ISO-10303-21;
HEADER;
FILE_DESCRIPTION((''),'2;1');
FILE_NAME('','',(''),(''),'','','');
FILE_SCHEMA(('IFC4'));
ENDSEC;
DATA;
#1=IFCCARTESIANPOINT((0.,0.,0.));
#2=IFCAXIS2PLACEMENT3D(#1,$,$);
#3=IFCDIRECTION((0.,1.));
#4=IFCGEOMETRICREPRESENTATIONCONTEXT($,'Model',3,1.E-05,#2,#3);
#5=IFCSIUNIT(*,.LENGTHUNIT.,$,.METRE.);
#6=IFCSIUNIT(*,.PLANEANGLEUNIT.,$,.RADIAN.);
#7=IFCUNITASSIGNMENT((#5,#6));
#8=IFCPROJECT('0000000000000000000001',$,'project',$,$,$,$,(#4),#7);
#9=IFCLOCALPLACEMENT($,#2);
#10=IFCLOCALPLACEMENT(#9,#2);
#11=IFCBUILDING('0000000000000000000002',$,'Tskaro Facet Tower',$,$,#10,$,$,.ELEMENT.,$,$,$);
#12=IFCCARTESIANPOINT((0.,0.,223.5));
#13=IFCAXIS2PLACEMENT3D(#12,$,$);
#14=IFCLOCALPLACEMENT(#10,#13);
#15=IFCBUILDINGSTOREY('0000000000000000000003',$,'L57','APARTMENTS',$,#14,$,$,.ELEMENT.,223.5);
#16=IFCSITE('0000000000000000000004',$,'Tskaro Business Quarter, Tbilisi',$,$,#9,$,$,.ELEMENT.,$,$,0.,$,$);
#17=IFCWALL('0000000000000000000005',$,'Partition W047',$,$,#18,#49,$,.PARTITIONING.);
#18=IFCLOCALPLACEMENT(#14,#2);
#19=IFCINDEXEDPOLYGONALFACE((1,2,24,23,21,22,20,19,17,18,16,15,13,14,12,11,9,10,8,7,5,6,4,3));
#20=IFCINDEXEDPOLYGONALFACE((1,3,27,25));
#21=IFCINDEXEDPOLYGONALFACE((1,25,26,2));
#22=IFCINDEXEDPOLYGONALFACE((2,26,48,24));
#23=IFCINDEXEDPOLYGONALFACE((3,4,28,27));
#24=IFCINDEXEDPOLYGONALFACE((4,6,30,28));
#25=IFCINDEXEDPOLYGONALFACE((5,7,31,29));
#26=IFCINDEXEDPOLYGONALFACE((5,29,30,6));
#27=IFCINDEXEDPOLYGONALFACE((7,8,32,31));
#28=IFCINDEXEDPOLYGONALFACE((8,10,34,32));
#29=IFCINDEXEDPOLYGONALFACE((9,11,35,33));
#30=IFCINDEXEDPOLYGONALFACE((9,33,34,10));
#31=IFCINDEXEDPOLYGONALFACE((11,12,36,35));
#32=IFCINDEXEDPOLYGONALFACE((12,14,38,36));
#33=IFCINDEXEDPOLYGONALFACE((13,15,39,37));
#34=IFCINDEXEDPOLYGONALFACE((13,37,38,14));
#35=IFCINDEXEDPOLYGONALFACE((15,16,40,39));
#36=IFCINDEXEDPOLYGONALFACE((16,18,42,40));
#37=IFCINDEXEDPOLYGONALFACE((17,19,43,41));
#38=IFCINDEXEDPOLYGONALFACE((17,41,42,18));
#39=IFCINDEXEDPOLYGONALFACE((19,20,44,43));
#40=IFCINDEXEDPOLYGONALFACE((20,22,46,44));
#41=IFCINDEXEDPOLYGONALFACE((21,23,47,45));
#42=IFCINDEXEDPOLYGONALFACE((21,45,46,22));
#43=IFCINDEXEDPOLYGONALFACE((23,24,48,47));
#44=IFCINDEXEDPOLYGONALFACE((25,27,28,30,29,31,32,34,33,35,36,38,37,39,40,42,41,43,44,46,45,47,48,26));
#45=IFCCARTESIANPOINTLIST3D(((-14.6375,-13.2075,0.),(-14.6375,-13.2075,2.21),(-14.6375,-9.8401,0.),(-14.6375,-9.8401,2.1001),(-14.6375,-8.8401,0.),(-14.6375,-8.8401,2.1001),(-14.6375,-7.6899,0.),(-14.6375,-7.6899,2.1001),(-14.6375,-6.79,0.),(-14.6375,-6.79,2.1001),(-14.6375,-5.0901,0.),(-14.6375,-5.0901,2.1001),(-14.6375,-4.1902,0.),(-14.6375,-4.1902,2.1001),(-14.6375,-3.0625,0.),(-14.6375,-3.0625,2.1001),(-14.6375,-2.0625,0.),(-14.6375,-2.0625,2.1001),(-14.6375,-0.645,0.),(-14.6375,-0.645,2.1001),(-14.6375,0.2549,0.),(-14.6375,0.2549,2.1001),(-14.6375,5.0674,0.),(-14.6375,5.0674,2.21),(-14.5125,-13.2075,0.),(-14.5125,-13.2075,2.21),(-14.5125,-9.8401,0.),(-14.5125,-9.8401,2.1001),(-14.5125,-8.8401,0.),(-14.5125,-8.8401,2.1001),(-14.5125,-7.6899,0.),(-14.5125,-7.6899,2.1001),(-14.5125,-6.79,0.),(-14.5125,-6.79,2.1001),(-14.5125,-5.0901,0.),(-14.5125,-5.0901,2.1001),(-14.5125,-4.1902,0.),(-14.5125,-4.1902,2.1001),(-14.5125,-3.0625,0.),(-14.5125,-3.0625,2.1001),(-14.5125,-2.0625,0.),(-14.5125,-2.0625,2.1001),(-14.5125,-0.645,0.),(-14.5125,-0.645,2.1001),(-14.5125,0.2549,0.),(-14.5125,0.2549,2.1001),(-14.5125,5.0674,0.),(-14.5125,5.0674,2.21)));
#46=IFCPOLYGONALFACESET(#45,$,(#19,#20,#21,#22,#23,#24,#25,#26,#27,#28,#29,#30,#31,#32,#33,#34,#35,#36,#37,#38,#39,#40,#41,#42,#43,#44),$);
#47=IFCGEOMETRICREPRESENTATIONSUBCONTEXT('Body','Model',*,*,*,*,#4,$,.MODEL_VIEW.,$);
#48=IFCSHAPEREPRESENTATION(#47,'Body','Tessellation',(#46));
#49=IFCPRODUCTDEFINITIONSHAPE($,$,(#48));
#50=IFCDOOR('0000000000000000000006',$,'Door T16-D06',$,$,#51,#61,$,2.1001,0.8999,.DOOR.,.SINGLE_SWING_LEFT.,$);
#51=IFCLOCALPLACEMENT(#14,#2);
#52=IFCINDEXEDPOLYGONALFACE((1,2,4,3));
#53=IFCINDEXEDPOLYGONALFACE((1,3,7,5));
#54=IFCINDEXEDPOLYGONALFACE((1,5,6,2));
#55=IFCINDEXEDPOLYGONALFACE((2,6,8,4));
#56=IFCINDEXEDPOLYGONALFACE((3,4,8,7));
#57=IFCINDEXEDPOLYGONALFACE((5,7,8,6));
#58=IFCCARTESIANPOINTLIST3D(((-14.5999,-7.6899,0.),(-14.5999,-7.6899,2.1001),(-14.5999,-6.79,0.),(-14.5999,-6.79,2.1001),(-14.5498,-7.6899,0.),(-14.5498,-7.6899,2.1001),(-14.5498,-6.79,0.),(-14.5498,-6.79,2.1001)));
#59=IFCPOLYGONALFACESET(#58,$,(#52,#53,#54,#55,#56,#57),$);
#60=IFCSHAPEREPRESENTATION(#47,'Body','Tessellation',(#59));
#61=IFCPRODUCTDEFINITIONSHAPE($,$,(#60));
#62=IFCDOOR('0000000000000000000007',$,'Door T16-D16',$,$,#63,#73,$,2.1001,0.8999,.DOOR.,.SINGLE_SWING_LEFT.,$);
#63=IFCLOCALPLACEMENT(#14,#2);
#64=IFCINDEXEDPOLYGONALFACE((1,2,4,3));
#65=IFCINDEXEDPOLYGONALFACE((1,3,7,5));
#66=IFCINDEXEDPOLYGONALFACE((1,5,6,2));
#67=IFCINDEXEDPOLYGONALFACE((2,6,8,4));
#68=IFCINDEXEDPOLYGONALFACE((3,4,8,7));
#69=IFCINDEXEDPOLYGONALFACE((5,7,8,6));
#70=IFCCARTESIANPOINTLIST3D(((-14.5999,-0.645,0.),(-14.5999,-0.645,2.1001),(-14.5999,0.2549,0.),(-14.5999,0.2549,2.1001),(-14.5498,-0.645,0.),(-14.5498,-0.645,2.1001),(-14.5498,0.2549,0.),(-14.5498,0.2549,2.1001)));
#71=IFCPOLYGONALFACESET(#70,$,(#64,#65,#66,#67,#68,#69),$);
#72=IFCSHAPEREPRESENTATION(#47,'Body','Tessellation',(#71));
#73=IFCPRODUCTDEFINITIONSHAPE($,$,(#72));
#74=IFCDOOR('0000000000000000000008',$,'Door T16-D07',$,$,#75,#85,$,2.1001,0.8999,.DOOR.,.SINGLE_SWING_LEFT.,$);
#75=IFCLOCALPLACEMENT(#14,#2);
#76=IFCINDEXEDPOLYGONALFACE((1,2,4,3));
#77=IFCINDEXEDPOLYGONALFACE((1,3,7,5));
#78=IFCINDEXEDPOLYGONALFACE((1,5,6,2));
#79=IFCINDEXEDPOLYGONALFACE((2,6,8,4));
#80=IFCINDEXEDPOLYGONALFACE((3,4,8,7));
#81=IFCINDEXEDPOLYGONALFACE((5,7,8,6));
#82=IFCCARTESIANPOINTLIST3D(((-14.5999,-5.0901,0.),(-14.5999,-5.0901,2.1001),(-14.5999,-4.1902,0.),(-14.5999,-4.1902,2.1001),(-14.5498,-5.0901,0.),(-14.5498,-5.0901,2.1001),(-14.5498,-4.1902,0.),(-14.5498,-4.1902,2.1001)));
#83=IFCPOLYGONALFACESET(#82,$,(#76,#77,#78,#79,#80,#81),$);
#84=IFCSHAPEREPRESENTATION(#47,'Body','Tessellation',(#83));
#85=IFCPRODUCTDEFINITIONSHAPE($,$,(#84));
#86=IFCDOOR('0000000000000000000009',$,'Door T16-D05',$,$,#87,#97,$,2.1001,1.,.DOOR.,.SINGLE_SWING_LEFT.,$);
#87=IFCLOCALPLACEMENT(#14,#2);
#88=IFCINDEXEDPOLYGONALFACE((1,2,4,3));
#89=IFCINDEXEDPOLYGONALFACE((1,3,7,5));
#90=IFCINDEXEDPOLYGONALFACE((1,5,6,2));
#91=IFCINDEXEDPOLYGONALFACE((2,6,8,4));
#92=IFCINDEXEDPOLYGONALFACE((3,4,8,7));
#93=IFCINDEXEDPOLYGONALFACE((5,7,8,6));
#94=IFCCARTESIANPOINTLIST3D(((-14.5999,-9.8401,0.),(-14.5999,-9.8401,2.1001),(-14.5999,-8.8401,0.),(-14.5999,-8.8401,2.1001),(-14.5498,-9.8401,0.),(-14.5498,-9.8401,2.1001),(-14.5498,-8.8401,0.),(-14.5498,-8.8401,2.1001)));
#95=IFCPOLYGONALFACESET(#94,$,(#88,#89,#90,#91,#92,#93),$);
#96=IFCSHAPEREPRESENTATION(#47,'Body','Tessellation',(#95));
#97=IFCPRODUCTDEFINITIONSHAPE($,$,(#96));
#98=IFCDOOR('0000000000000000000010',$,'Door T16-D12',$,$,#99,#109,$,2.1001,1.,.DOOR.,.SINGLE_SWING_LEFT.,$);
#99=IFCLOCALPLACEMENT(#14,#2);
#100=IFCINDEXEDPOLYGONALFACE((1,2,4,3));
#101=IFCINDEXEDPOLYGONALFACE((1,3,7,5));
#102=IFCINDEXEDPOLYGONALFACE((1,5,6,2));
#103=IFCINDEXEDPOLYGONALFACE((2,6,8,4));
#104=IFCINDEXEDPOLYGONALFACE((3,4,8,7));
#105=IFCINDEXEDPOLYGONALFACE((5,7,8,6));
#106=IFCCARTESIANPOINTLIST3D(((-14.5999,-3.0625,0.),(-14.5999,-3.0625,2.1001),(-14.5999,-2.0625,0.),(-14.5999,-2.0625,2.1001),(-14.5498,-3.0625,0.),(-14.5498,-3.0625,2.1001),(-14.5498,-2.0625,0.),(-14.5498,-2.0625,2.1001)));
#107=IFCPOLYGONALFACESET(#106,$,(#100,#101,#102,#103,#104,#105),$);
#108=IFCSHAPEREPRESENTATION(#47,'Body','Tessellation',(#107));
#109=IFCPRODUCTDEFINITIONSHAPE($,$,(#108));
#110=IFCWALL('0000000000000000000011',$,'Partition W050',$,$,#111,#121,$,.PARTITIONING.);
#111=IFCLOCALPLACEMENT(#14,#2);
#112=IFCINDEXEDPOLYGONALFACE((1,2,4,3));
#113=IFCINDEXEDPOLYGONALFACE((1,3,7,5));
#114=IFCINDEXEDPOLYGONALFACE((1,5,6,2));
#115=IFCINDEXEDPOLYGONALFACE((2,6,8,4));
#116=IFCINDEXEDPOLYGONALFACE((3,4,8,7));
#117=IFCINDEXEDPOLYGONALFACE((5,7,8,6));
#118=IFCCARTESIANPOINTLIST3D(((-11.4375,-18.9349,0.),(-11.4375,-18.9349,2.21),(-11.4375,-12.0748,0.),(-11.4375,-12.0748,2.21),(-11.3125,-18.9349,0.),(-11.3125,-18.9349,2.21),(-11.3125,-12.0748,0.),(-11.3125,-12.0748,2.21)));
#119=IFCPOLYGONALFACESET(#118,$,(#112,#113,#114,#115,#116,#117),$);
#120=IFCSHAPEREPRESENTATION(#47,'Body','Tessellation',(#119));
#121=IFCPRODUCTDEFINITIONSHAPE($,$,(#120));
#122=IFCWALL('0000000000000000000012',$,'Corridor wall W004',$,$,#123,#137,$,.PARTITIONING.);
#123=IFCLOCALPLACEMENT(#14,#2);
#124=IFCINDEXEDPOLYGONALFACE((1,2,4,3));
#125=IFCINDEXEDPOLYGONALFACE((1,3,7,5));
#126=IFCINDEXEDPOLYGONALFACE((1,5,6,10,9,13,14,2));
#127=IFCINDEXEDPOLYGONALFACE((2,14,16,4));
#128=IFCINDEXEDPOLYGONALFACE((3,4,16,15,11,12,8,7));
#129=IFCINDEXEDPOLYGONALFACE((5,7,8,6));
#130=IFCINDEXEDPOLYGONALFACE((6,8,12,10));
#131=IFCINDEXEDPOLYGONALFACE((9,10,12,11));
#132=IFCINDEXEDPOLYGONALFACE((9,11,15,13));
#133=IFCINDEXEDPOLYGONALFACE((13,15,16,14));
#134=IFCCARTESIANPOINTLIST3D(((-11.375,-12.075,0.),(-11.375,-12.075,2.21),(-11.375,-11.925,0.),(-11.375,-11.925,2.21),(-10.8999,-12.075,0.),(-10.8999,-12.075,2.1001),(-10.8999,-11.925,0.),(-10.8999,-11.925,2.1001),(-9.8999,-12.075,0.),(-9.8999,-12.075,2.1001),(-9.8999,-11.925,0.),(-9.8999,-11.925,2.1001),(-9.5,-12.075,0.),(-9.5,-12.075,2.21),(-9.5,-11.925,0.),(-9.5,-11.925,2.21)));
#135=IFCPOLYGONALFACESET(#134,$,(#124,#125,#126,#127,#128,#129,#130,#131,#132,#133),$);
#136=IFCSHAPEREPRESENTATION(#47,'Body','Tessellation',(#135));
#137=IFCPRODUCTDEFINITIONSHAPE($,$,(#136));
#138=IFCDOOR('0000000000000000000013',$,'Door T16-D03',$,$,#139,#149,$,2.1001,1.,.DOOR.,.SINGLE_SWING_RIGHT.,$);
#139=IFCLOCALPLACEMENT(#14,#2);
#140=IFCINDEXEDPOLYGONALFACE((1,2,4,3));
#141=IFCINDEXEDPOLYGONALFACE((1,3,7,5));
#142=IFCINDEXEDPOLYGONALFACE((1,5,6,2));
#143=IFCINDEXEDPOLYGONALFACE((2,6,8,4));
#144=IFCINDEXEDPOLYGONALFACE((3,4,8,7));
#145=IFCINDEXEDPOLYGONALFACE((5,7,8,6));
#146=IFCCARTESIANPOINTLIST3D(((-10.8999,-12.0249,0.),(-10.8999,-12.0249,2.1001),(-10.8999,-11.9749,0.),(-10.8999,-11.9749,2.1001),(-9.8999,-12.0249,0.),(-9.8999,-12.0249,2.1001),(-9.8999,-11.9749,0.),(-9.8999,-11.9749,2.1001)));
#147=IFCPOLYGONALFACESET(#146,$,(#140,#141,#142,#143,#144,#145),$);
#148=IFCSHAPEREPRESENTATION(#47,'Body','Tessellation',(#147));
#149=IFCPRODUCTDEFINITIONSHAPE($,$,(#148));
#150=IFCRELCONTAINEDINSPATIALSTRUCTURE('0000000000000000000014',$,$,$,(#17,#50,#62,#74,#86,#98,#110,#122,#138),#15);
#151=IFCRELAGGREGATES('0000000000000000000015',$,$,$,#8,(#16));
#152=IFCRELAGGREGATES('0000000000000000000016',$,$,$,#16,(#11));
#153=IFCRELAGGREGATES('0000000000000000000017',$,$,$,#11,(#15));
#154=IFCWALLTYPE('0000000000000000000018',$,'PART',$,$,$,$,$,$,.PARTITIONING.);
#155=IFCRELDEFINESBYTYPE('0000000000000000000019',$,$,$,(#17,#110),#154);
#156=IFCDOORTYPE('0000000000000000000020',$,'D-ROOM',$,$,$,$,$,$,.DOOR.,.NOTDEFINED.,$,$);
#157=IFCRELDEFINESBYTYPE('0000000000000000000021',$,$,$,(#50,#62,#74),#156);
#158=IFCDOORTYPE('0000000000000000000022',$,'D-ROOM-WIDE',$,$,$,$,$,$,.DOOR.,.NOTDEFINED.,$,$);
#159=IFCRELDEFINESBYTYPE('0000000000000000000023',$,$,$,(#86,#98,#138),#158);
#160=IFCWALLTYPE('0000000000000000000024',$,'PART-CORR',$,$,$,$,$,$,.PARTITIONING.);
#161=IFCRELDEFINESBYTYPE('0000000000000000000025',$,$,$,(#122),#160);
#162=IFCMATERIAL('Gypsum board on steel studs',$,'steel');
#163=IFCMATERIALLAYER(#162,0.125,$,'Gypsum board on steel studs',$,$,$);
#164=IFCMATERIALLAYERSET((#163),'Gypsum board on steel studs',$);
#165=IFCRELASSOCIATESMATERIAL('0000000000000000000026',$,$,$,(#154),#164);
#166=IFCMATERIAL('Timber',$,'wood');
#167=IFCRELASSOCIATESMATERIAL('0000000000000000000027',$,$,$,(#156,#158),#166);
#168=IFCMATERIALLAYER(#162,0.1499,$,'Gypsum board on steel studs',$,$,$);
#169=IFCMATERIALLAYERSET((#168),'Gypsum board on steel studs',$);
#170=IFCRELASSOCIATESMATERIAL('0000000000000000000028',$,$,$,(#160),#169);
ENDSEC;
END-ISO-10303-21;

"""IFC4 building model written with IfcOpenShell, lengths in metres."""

from ifc_helpers import new_model, si_unit, direction, frame, frame_2d, origin, place, context, subcontext, project, spatial, rectangle, extrude, material, layer, layer_set, type_object, element, fill, save


model = new_model("IFC4")

# Units and contexts
model_context = context("Model", 3, precision=1e-05, world=origin(), true_north=direction((0.0, 1.0)))
body_context = subcontext(model_context, "Body", "Model", "MODEL_VIEW")
ifc_project = project(units=[si_unit("LENGTHUNIT", "METRE"), si_unit("PLANEANGLEUNIT", "RADIAN")], contexts=[model_context])

# Site, building, storey
site_placement = place(None, origin())
site = spatial("IfcSite", under=ifc_project, at=site_placement, Name="Tskaro Business Quarter, Tbilisi", CompositionType="ELEMENT", RefElevation=0.0)
building_placement = place(site_placement, origin())
building = spatial("IfcBuilding", under=site, at=building_placement, Name="Tskaro Facet Tower", CompositionType="ELEMENT")
storey_placement = place(building_placement, frame((0.0, 0.0, 223.5)))
storey = spatial("IfcBuildingStorey", under=building, at=storey_placement, Name="L57", Description="APARTMENTS", CompositionType="ELEMENT", Elevation=223.5)

# Shared definitions
ifc_material_1 = material(Name="Gypsum board on steel studs", Category="steel")
ifc_layer_1 = layer(ifc_material_1, 0.125, Name="Gypsum board on steel studs")
ifc_layer_set_1 = layer_set([ifc_layer_1], Name="Gypsum board on steel studs")
wall_type_1 = type_object("IfcWallType", Name="PART", PredefinedType="PARTITIONING", material=ifc_layer_set_1)
ifc_material_2 = material(Name="Timber", Category="wood")
door_type_1 = type_object("IfcDoorType", Name="D-ROOM", OperationType="NOTDEFINED", PredefinedType="DOOR", material=ifc_material_2)

# Wall, openings, doors
wall_1_placement = place(storey_placement, frame((-14.575, -13.2075, 0.0), z_axis=(0.0, 0.0, 1.0), x_axis=(0.0, 1.0, 0.0)))
wall_1 = element("IfcWall", 1, at=wall_1_placement, inside=storey, type_object=wall_type_1, Name="Partition W047", PredefinedType="PARTITIONING", context=body_context, shape_type="SweptSolid", body=[
    extrude(rectangle(XDim=18.2749, YDim=0.125, at=frame_2d((9.1375, 0.0))), origin(), (0.0, 0.0, 1.0), 2.21),
])
opening_1_placement = place(wall_1_placement, frame((3.3674, 0.0, 0.0)))
opening_1 = element("IfcOpeningElement", 2, at=opening_1_placement, cuts=wall_1, PredefinedType="OPENING", context=body_context, shape_type="SweptSolid", body=[
    extrude(rectangle(XDim=1.0, YDim=2.1001, at=frame_2d((0.5, 1.05))), frame((0.0, 0.0725, 0.0), z_axis=(0.0, -1.0, 0.0), x_axis=(1.0, 0.0, 0.0)), (0.0, 0.0, 1.0), 0.145),
])
opening_2_placement = place(wall_1_placement, frame((5.5176, 0.0, 0.0)))
opening_2 = element("IfcOpeningElement", 3, at=opening_2_placement, cuts=wall_1, PredefinedType="OPENING", context=body_context, shape_type="SweptSolid", body=[
    extrude(rectangle(XDim=0.8999, YDim=2.1001, at=frame_2d((0.45, 1.05))), frame((0.0, 0.0725, 0.0), z_axis=(0.0, -1.0, 0.0), x_axis=(1.0, 0.0, 0.0)), (0.0, 0.0, 1.0), 0.145),
])
opening_3_placement = place(wall_1_placement, frame((12.5625, 0.0, 0.0)))
opening_3 = element("IfcOpeningElement", 4, at=opening_3_placement, cuts=wall_1, PredefinedType="OPENING", context=body_context, shape_type="SweptSolid", body=[
    extrude(rectangle(XDim=0.8999, YDim=2.1001, at=frame_2d((0.45, 1.05))), frame((0.0, 0.0725, 0.0), z_axis=(0.0, -1.0, 0.0), x_axis=(1.0, 0.0, 0.0)), (0.0, 0.0, 1.0), 0.145),
])
opening_4_placement = place(wall_1_placement, frame((10.145, 0.0, 0.0)))
opening_4 = element("IfcOpeningElement", 5, at=opening_4_placement, cuts=wall_1, PredefinedType="OPENING", context=body_context, shape_type="SweptSolid", body=[
    extrude(rectangle(XDim=1.0, YDim=2.1001, at=frame_2d((0.5, 1.05))), frame((0.0, 0.0725, 0.0), z_axis=(0.0, -1.0, 0.0), x_axis=(1.0, 0.0, 0.0)), (0.0, 0.0, 1.0), 0.145),
])
opening_5_placement = place(wall_1_placement, frame((8.1174, 0.0, 0.0)))
opening_5 = element("IfcOpeningElement", 6, at=opening_5_placement, cuts=wall_1, PredefinedType="OPENING", context=body_context, shape_type="SweptSolid", body=[
    extrude(rectangle(XDim=0.8999, YDim=2.1001, at=frame_2d((0.45, 1.05))), frame((0.0, 0.0725, 0.0), z_axis=(0.0, -1.0, 0.0), x_axis=(1.0, 0.0, 0.0)), (0.0, 0.0, 1.0), 0.145),
])
door_1_placement = place(opening_2_placement, origin())
door_1 = element("IfcDoor", 7, at=door_1_placement, inside=storey, type_object=door_type_1, Name="Door T16-D06", OperationType="SINGLE_SWING_LEFT", OverallHeight=2.1001, OverallWidth=0.8999, PredefinedType="DOOR", context=body_context, shape_type="SweptSolid", body=[
    extrude(rectangle(XDim=0.8999, YDim=2.1001, at=frame_2d((0.45, 1.05))), frame((0.0, 0.0249, 0.0), z_axis=(0.0, -1.0, 0.0), x_axis=(1.0, 0.0, 0.0)), (0.0, 0.0, 1.0), 0.05),
])
fill(opening_2, door_1)
door_2_placement = place(opening_3_placement, origin())
door_2 = element("IfcDoor", 8, at=door_2_placement, inside=storey, type_object=door_type_1, Name="Door T16-D16", OperationType="SINGLE_SWING_LEFT", OverallHeight=2.1001, OverallWidth=0.8999, PredefinedType="DOOR", context=body_context, shape_type="SweptSolid", body=[
    extrude(rectangle(XDim=0.8999, YDim=2.1001, at=frame_2d((0.45, 1.05))), frame((0.0, 0.0249, 0.0), z_axis=(0.0, -1.0, 0.0), x_axis=(1.0, 0.0, 0.0)), (0.0, 0.0, 1.0), 0.05),
])
fill(opening_3, door_2)
door_3_placement = place(opening_5_placement, origin())
door_3 = element("IfcDoor", 9, at=door_3_placement, inside=storey, type_object=door_type_1, Name="Door T16-D07", OperationType="SINGLE_SWING_LEFT", OverallHeight=2.1001, OverallWidth=0.8999, PredefinedType="DOOR", context=body_context, shape_type="SweptSolid", body=[
    extrude(rectangle(XDim=0.8999, YDim=2.1001, at=frame_2d((0.45, 1.05))), frame((0.0, 0.0249, 0.0), z_axis=(0.0, -1.0, 0.0), x_axis=(1.0, 0.0, 0.0)), (0.0, 0.0, 1.0), 0.05),
])
fill(opening_5, door_3)
door_type_2 = type_object("IfcDoorType", Name="D-ROOM-WIDE", OperationType="NOTDEFINED", PredefinedType="DOOR", material=ifc_material_2)
door_4_placement = place(opening_1_placement, origin())
door_4 = element("IfcDoor", 10, at=door_4_placement, inside=storey, type_object=door_type_2, Name="Door T16-D05", OperationType="SINGLE_SWING_LEFT", OverallHeight=2.1001, OverallWidth=1.0, PredefinedType="DOOR", context=body_context, shape_type="SweptSolid", body=[
    extrude(rectangle(XDim=1.0, YDim=2.1001, at=frame_2d((0.5, 1.05))), frame((0.0, 0.0249, 0.0), z_axis=(0.0, -1.0, 0.0), x_axis=(1.0, 0.0, 0.0)), (0.0, 0.0, 1.0), 0.05),
])
fill(opening_1, door_4)
door_5_placement = place(opening_4_placement, origin())
door_5 = element("IfcDoor", 11, at=door_5_placement, inside=storey, type_object=door_type_2, Name="Door T16-D12", OperationType="SINGLE_SWING_LEFT", OverallHeight=2.1001, OverallWidth=1.0, PredefinedType="DOOR", context=body_context, shape_type="SweptSolid", body=[
    extrude(rectangle(XDim=1.0, YDim=2.1001, at=frame_2d((0.5, 1.05))), frame((0.0, 0.0249, 0.0), z_axis=(0.0, -1.0, 0.0), x_axis=(1.0, 0.0, 0.0)), (0.0, 0.0, 1.0), 0.05),
])
fill(opening_4, door_5)

# Wall
wall_2_placement = place(storey_placement, frame((-11.375, -18.9351, 0.0), z_axis=(0.0, 0.0, 1.0), x_axis=(0.0, 1.0, 0.0)))
element("IfcWall", 12, at=wall_2_placement, inside=storey, type_object=wall_type_1, Name="Partition W050", PredefinedType="PARTITIONING", context=body_context, shape_type="SweptSolid", body=[
    extrude(rectangle(XDim=6.8601, YDim=0.125, at=frame_2d((3.4302, 0.0))), origin(), (0.0, 0.0, 1.0), 2.21),
])

# Wall, opening, door
ifc_layer_2 = layer(ifc_material_1, 0.1499, Name="Gypsum board on steel studs")
ifc_layer_set_2 = layer_set([ifc_layer_2], Name="Gypsum board on steel studs")
wall_type_2 = type_object("IfcWallType", Name="PART-CORR", PredefinedType="PARTITIONING", material=ifc_layer_set_2)
wall_3_placement = place(storey_placement, frame((-9.5, -12.0, 0.0), z_axis=(0.0, 0.0, 1.0), x_axis=(-1.0, 0.0, 0.0)))
wall_3 = element("IfcWall", 13, at=wall_3_placement, inside=storey, type_object=wall_type_2, Name="Corridor wall W004", PredefinedType="PARTITIONING", context=body_context, shape_type="SweptSolid", body=[
    extrude(rectangle(XDim=1.875, YDim=0.1499, at=frame_2d((0.9375, 0.0))), origin(), (0.0, 0.0, 1.0), 2.21),
])
opening_6_placement = place(wall_3_placement, frame((0.3999, 0.0, 0.0)))
opening_6 = element("IfcOpeningElement", 14, at=opening_6_placement, cuts=wall_3, PredefinedType="OPENING", context=body_context, shape_type="SweptSolid", body=[
    extrude(rectangle(XDim=1.0, YDim=2.1001, at=frame_2d((0.5, 1.05))), frame((0.0, 0.085, 0.0), z_axis=(0.0, -1.0, 0.0), x_axis=(1.0, 0.0, 0.0)), (0.0, 0.0, 1.0), 0.1699),
])
door_6_placement = place(opening_6_placement, origin())
door_6 = element("IfcDoor", 15, at=door_6_placement, inside=storey, type_object=door_type_2, Name="Door T16-D03", OperationType="SINGLE_SWING_RIGHT", OverallHeight=2.1001, OverallWidth=1.0, PredefinedType="DOOR", context=body_context, shape_type="SweptSolid", body=[
    extrude(rectangle(XDim=1.0, YDim=2.1001, at=frame_2d((0.5, 1.05))), frame((0.0, 0.0249, 0.0), z_axis=(0.0, -1.0, 0.0), x_axis=(1.0, 0.0, 0.0)), (0.0, 0.0, 1.0), 0.05),
])
fill(opening_6, door_6)

save(model, "model.ifc")
